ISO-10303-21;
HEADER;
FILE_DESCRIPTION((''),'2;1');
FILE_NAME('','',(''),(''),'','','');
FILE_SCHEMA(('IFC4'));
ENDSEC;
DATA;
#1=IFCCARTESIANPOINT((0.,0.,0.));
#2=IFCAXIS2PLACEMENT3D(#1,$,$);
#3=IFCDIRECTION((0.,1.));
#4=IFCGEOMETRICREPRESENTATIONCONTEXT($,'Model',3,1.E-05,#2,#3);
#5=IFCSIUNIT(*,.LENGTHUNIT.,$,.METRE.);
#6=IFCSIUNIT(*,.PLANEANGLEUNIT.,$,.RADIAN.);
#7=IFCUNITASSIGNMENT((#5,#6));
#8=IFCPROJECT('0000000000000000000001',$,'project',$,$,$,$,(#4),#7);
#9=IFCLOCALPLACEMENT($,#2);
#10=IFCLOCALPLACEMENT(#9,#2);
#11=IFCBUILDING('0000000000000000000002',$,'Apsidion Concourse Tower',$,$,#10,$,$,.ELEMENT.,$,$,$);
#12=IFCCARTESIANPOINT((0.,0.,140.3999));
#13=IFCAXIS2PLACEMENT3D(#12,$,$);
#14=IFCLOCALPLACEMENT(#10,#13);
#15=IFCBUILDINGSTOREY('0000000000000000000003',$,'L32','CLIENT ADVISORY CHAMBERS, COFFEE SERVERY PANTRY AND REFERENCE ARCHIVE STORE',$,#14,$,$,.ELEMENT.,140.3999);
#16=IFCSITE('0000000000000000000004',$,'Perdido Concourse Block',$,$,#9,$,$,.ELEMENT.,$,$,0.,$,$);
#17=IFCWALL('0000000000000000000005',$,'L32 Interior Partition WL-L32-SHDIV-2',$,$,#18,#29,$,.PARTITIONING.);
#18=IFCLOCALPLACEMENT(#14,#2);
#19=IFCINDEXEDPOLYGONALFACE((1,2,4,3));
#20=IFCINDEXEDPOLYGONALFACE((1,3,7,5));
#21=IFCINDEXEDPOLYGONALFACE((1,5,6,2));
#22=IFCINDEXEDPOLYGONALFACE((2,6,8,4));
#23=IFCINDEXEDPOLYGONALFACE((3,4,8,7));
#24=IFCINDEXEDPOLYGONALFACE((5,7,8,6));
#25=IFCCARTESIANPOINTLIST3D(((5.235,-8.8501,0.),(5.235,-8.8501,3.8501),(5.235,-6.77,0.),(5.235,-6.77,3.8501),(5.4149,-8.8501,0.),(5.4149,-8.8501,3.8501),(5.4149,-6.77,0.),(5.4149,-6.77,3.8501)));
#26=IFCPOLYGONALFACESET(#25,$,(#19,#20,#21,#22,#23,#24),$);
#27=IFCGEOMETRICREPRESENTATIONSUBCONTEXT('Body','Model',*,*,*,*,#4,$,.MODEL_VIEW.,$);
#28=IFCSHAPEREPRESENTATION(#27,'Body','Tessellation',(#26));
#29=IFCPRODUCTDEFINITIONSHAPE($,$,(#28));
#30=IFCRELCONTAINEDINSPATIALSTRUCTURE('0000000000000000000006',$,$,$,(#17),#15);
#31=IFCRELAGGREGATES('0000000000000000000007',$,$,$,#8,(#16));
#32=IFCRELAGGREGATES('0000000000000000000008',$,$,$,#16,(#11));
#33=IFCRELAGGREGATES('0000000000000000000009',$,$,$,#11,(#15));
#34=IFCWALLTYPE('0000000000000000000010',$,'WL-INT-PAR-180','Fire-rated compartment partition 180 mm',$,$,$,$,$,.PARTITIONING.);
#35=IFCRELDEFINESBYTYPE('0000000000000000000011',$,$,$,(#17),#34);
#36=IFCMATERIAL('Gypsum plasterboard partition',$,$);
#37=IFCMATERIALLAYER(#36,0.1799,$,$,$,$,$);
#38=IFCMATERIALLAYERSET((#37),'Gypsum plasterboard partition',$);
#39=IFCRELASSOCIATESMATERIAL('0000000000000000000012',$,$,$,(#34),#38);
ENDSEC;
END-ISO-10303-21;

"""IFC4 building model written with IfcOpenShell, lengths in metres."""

from ifc_helpers import new_model, si_unit, direction, frame, frame_2d, origin, place, context, subcontext, project, spatial, rectangle, extrude, material, layer, layer_set, type_object, element, save


model = new_model("IFC4")

# Units and contexts
model_context = context("Model", 3, precision=1e-05, world=origin(), true_north=direction((0.0, 1.0)))
body_context = subcontext(model_context, "Body", "Model", "MODEL_VIEW")
ifc_project = project(units=[si_unit("LENGTHUNIT", "METRE"), si_unit("PLANEANGLEUNIT", "RADIAN")], contexts=[model_context])

# Site, building, storey
site_placement = place(None, origin())
site = spatial("IfcSite", under=ifc_project, at=site_placement, Name="Perdido Concourse Block", CompositionType="ELEMENT", RefElevation=0.0)
building_placement = place(site_placement, origin())
building = spatial("IfcBuilding", under=site, at=building_placement, Name="Apsidion Concourse Tower", CompositionType="ELEMENT")
storey_placement = place(building_placement, frame((0.0, 0.0, 140.3999)))
storey = spatial("IfcBuildingStorey", under=building, at=storey_placement, Name="L32", Description="CLIENT ADVISORY CHAMBERS, COFFEE SERVERY PANTRY AND REFERENCE ARCHIVE STORE", CompositionType="ELEMENT", Elevation=140.3999)

# Wall
ifc_material_1 = material(Name="Gypsum plasterboard partition")
ifc_layer_1 = layer(ifc_material_1, 0.1799)
ifc_layer_set_1 = layer_set([ifc_layer_1], Name="Gypsum plasterboard partition")
wall_type_1 = type_object("IfcWallType", Name="WL-INT-PAR-180", Description="Fire-rated compartment partition 180 mm", PredefinedType="PARTITIONING", material=ifc_layer_set_1)
wall_1_placement = place(storey_placement, frame((5.325, -8.8501, 0.0), z_axis=(0.0, 0.0, 1.0), x_axis=(0.0, 1.0, 0.0)))
element("IfcWall", 1, at=wall_1_placement, inside=storey, type_object=wall_type_1, Name="L32 Interior Partition WL-L32-SHDIV-2", PredefinedType="PARTITIONING", context=body_context, shape_type="SweptSolid", body=[
    extrude(rectangle(XDim=2.0801, YDim=0.1799, at=frame_2d((1.04, 0.0))), origin(), (0.0, 0.0, 1.0), 3.8501),
])

save(model, "model.ifc")
